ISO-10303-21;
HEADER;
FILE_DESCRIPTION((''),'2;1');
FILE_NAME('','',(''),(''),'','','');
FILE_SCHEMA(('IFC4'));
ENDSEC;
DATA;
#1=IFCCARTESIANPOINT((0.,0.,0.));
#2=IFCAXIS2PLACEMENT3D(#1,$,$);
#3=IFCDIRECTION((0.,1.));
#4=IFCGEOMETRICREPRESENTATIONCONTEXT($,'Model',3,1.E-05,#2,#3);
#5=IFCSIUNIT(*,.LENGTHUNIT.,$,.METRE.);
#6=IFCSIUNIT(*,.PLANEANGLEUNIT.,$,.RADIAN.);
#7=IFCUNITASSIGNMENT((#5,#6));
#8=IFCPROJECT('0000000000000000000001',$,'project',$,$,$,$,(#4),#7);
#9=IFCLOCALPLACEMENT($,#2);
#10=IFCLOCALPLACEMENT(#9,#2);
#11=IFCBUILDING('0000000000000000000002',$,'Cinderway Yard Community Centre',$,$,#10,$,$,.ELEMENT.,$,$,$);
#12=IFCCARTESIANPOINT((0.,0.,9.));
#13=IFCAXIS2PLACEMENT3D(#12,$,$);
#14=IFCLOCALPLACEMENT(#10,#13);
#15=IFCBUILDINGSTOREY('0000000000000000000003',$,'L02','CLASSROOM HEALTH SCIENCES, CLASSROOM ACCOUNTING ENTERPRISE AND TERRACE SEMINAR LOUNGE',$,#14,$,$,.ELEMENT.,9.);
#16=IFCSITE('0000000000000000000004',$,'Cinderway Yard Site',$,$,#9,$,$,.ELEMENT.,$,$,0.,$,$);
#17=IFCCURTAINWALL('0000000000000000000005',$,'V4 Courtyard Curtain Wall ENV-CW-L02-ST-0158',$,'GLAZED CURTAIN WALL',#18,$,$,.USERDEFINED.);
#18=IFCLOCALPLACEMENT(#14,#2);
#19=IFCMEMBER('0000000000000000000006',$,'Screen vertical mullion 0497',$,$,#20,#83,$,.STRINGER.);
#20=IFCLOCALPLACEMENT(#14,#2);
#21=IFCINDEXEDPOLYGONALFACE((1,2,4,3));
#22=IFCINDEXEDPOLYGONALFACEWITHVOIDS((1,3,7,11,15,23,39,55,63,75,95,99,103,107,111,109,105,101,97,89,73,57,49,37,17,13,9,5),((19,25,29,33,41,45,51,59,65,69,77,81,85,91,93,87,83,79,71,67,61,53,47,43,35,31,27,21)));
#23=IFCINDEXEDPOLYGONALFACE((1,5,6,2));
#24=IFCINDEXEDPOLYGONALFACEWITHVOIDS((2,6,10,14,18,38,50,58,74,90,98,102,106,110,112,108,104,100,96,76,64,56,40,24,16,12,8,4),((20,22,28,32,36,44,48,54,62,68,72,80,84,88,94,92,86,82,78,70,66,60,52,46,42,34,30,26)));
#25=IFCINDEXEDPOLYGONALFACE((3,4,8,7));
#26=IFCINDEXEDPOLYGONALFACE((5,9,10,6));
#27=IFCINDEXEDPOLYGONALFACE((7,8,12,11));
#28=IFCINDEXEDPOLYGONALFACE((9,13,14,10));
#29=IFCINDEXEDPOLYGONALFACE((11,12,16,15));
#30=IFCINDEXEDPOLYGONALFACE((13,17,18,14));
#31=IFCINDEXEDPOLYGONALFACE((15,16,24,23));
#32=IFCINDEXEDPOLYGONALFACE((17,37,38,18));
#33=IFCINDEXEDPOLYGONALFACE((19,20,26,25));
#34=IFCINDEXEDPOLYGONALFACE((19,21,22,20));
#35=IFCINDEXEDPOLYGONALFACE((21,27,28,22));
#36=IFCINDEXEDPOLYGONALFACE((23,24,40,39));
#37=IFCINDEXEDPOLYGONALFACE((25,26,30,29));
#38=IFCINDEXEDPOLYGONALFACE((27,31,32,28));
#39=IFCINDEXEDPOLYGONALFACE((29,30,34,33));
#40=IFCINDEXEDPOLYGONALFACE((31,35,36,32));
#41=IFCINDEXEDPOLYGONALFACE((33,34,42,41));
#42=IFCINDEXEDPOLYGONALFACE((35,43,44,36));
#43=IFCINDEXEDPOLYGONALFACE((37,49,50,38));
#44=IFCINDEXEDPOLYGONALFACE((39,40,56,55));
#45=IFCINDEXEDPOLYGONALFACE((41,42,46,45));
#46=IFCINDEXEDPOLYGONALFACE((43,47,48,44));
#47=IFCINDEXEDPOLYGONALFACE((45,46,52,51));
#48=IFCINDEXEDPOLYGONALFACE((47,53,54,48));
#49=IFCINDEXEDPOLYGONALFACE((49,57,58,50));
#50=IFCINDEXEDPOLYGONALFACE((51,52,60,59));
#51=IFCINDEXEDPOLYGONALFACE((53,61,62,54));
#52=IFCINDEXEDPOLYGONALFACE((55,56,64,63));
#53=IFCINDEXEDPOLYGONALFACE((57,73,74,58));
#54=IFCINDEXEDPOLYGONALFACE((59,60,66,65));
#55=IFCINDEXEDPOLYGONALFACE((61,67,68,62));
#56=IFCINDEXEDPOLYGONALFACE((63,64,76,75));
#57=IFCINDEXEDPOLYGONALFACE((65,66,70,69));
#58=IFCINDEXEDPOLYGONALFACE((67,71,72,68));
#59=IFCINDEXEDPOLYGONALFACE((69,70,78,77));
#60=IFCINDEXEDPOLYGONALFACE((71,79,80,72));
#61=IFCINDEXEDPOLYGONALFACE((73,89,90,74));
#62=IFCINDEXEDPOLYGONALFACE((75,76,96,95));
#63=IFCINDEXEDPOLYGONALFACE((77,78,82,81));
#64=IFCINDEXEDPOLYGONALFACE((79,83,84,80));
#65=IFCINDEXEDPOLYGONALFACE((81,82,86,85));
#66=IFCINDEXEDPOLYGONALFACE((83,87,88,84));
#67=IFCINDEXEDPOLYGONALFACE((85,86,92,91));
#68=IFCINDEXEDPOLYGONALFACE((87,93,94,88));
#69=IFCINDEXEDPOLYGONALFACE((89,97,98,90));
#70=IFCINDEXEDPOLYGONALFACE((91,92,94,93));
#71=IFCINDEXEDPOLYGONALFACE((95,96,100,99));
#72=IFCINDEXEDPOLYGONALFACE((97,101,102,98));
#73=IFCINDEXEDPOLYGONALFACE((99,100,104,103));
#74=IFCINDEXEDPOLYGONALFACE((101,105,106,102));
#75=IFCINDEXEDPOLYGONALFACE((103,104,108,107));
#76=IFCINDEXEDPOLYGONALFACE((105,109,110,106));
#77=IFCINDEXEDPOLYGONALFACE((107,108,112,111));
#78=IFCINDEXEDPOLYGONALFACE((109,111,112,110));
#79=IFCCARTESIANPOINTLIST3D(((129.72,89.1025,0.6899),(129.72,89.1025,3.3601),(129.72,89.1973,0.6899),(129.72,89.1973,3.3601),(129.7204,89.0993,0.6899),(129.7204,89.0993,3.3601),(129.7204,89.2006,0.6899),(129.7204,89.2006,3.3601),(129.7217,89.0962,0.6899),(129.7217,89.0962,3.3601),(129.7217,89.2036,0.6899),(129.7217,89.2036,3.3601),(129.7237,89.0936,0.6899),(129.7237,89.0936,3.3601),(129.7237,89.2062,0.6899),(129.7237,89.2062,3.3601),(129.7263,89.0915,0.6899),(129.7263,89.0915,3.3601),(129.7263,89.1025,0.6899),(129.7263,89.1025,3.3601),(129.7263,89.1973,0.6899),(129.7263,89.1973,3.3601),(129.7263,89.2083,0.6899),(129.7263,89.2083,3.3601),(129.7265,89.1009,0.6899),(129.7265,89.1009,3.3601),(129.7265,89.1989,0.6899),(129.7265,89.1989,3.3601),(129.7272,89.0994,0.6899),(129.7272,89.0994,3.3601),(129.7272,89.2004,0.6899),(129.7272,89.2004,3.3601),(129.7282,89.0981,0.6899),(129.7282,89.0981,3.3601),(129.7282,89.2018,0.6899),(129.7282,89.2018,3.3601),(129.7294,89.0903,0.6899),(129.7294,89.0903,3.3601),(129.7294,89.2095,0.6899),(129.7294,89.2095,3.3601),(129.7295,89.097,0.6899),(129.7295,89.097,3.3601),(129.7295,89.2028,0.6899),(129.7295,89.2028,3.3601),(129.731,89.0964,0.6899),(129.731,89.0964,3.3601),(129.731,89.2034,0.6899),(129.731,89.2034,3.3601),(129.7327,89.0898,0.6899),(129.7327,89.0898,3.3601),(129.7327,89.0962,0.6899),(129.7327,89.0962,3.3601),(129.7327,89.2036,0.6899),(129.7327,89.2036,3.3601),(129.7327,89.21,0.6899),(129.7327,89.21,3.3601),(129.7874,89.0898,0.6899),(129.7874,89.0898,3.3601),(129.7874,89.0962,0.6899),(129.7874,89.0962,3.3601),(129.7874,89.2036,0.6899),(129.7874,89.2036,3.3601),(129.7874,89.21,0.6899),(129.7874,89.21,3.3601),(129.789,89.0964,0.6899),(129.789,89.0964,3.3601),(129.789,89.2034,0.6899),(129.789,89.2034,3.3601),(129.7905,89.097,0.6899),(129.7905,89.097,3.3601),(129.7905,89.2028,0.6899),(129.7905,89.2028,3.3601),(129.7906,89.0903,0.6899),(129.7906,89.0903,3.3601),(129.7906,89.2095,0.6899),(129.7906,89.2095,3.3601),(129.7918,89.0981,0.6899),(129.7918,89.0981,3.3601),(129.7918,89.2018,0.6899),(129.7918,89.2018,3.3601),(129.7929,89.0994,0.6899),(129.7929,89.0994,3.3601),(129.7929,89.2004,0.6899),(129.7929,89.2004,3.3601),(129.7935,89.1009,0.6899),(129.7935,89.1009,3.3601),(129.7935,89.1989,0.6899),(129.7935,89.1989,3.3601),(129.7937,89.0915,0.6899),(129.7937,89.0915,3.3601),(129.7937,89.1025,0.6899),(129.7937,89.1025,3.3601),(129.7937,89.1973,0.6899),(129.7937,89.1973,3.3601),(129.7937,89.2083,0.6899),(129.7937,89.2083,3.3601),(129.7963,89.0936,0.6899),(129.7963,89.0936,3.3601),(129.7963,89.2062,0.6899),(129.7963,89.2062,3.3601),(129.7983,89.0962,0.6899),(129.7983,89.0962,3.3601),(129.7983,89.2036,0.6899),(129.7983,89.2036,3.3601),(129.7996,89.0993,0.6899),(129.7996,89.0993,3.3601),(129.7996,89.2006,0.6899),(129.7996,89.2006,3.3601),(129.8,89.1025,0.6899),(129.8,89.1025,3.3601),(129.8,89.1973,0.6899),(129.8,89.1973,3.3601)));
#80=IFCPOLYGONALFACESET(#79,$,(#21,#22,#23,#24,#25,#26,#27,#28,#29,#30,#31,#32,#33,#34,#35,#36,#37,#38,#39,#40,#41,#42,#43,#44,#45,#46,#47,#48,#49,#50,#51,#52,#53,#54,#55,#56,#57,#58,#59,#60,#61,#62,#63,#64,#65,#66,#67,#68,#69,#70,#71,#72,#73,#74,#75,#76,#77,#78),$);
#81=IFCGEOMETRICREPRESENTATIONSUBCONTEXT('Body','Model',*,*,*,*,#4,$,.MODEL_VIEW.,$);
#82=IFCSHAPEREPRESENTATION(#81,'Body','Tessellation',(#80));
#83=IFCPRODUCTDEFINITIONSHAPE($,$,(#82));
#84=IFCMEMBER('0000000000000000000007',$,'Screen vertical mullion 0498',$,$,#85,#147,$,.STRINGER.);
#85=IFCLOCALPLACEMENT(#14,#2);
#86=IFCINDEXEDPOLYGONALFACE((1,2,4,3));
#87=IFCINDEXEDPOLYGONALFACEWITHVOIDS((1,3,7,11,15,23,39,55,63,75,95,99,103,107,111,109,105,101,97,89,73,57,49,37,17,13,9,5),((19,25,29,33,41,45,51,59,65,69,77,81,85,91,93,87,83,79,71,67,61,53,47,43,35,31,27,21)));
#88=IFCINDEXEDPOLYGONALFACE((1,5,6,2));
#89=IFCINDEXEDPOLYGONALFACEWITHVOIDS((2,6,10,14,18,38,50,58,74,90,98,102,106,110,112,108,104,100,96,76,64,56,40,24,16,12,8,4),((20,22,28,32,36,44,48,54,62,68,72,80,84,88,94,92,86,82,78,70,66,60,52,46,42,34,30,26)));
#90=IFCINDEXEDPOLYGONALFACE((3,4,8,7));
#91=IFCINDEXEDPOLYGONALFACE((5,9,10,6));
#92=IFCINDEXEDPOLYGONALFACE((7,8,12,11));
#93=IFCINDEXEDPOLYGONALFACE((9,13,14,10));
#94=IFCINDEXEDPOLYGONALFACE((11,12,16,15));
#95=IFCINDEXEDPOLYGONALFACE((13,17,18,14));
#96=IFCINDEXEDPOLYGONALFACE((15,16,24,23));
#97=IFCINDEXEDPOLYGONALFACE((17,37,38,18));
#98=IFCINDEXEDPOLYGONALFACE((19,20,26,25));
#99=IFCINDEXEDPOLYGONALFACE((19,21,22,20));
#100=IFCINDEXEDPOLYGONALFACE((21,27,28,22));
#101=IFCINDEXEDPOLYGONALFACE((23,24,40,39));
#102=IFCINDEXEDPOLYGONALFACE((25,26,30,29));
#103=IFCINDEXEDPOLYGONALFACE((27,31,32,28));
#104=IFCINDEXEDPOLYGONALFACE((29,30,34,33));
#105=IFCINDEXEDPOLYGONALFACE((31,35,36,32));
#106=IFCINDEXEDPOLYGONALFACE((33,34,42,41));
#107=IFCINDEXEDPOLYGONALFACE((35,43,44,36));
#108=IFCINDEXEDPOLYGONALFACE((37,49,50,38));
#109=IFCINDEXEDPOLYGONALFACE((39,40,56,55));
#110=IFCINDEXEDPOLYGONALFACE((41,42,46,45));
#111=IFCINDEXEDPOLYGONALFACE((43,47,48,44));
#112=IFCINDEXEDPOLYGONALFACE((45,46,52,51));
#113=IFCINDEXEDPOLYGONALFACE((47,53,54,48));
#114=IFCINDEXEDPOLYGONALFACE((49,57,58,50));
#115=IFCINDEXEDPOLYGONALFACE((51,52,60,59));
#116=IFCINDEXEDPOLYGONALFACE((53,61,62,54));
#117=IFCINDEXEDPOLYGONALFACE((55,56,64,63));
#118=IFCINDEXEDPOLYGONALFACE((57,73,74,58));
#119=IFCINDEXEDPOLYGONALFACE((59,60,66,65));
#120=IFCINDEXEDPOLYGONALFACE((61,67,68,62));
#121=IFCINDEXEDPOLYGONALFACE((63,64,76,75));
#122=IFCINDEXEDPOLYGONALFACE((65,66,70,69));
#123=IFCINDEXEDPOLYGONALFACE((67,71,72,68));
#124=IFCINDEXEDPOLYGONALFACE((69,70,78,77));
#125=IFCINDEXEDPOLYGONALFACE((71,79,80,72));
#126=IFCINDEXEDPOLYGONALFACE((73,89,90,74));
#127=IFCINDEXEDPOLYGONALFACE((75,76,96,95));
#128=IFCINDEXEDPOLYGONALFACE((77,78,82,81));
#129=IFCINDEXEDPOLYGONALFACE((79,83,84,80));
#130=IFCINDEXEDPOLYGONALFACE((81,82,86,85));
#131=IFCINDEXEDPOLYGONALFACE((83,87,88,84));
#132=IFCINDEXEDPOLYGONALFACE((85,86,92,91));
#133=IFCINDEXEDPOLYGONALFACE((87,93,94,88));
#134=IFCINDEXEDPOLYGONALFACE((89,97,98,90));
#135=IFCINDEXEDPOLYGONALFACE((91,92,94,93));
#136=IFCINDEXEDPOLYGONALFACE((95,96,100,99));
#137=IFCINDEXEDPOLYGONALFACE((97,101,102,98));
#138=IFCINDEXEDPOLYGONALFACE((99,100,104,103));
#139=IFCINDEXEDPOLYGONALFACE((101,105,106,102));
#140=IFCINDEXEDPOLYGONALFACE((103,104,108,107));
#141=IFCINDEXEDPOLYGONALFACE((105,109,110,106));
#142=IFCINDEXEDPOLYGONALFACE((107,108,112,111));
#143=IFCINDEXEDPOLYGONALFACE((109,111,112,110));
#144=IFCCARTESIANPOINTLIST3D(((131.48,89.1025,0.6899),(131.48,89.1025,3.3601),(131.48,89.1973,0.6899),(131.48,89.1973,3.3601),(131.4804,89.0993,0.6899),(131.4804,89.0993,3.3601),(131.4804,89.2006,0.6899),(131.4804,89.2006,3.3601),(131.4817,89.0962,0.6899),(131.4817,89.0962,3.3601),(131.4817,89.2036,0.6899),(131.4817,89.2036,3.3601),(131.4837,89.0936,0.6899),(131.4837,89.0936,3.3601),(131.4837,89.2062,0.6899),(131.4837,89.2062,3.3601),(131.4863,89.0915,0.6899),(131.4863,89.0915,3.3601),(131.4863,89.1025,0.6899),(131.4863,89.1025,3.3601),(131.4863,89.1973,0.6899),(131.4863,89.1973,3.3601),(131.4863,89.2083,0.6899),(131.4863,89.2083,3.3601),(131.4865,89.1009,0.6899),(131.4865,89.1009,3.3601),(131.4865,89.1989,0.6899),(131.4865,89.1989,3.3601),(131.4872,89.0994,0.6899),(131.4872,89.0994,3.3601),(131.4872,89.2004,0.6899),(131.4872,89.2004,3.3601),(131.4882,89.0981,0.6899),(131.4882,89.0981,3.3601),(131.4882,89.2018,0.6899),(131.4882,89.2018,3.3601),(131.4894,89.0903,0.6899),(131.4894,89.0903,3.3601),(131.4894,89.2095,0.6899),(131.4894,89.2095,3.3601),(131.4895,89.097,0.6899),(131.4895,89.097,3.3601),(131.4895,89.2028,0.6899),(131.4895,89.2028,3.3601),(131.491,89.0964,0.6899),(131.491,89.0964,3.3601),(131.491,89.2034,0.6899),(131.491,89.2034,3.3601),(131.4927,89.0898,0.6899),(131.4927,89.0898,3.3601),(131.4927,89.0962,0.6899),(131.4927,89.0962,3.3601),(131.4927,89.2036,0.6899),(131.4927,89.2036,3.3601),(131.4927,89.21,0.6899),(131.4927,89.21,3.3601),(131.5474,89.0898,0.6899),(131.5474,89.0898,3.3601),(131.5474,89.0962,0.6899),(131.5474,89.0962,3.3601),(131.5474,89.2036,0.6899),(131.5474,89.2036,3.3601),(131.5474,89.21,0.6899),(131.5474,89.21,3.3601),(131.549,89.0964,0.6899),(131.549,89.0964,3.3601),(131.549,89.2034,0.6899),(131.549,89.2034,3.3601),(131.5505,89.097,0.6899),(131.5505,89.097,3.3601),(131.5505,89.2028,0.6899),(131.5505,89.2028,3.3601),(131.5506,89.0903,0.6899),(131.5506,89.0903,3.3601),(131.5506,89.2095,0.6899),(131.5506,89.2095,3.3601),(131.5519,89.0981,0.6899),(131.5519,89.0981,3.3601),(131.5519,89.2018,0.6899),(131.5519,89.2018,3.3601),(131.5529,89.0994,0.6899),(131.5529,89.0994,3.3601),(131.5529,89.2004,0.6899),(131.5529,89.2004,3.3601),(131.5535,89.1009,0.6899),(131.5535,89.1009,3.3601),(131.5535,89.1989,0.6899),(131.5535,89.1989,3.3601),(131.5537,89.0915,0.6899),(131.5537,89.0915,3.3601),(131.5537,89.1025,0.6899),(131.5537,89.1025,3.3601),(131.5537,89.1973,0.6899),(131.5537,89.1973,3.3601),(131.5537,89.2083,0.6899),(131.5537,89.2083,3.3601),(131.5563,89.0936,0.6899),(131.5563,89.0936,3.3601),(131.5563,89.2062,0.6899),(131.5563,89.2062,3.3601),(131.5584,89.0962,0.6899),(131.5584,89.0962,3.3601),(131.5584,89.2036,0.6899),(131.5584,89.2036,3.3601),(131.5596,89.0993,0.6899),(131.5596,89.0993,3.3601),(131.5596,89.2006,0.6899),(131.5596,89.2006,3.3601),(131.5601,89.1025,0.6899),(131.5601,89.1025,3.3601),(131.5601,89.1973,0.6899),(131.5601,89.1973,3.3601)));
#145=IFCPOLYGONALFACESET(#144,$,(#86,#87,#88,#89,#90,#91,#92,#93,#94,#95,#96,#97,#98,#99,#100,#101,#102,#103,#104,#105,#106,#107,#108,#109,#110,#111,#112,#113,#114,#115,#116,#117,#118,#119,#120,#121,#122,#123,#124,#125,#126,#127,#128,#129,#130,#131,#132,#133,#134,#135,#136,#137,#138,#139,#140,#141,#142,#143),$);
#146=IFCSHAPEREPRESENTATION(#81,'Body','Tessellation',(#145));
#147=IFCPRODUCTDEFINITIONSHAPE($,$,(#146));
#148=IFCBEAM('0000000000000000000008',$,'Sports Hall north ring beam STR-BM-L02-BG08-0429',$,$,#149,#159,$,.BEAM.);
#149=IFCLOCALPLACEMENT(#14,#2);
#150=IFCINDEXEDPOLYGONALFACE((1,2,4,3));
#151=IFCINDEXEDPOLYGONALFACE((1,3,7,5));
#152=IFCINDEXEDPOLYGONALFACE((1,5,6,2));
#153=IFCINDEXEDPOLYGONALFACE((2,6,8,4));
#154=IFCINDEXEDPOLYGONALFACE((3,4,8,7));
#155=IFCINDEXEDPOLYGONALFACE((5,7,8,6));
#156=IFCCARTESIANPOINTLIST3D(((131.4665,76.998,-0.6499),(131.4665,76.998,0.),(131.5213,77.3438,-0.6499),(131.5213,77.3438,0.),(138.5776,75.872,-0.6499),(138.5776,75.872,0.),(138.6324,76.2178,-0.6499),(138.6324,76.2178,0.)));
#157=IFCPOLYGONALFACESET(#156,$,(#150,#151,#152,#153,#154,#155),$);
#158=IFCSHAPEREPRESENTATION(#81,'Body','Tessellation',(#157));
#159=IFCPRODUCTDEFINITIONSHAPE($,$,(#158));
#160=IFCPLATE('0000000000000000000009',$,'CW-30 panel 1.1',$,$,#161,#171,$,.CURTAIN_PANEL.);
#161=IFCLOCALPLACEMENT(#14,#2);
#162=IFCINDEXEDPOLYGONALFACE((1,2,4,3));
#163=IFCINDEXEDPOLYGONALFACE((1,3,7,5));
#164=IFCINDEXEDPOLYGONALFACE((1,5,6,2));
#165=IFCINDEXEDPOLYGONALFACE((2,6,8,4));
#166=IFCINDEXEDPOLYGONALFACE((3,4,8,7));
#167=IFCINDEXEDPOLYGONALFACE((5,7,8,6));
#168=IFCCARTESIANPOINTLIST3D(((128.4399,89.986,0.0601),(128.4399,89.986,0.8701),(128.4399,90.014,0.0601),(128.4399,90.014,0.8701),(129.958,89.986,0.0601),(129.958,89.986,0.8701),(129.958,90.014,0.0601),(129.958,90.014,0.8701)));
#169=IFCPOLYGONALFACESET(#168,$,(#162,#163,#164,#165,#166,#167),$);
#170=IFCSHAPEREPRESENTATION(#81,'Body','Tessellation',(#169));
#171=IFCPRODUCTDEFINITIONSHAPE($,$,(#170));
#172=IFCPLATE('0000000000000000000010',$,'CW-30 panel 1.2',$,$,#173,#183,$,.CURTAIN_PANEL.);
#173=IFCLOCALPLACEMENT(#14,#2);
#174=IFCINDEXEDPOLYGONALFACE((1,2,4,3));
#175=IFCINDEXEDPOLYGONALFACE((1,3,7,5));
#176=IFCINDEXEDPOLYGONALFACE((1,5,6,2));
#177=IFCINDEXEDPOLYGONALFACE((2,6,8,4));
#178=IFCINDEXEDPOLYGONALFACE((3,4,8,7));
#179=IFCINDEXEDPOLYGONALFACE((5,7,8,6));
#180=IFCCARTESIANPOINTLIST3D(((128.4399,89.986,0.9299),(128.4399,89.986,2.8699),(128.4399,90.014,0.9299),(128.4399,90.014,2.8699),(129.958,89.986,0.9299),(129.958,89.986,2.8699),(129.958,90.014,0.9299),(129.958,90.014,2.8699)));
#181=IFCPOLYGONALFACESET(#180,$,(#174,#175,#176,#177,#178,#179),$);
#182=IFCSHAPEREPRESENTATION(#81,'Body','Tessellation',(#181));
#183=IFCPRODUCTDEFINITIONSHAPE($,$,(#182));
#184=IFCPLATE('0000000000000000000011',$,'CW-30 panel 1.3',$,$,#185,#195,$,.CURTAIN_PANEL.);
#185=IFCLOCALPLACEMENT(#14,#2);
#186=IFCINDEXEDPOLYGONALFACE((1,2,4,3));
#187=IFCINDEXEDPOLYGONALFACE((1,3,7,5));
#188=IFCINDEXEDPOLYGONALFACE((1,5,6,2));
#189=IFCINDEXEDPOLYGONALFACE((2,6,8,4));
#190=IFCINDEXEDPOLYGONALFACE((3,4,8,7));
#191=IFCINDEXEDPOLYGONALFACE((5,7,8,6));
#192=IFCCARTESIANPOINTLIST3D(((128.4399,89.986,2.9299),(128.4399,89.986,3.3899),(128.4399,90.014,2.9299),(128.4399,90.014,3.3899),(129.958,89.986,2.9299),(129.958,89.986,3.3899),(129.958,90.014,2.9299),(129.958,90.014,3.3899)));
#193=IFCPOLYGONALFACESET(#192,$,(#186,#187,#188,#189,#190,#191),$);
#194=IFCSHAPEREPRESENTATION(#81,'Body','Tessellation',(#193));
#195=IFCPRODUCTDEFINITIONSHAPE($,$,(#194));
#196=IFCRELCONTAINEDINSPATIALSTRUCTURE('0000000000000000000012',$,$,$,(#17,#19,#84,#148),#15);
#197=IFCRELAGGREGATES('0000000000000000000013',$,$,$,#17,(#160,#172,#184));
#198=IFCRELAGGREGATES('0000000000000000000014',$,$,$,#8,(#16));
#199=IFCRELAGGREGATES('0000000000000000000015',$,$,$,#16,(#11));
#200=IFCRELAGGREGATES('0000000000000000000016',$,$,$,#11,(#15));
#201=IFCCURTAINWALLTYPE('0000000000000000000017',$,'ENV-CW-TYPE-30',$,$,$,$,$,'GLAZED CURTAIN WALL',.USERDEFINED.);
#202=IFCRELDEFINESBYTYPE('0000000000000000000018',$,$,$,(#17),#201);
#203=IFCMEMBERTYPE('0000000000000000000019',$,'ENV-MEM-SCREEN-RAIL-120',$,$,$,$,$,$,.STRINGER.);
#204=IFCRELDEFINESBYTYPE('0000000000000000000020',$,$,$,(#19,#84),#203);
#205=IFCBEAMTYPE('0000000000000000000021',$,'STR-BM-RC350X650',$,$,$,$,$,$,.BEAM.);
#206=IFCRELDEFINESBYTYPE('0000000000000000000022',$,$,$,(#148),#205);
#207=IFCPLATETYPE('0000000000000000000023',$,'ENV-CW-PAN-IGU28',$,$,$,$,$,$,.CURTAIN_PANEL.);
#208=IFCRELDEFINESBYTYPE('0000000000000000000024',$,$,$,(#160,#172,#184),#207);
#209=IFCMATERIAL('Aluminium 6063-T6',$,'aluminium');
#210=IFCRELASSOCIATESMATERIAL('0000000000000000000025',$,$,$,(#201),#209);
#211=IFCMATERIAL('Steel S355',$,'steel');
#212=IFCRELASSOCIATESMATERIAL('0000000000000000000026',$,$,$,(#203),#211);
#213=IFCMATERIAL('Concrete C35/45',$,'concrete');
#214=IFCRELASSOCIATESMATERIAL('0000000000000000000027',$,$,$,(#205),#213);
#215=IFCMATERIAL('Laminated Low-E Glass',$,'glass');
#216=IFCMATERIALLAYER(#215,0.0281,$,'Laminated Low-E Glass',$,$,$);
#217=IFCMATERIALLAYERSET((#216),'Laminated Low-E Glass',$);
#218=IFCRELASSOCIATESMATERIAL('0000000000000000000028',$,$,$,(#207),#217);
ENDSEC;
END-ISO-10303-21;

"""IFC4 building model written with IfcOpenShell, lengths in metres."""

from ifc_helpers import new_model, si_unit, direction, frame, origin, origin_2d, place, context, subcontext, project, spatial, rectangle, hollow_rectangle, extrude, material, layer, layer_set, material_profile, profile_set, type_object, element, aggregate, save


model = new_model("IFC4")

# Units and contexts
model_context = context("Model", 3, precision=1e-05, world=origin(), true_north=direction((0.0, 1.0)))
body_context = subcontext(model_context, "Body", "Model", "MODEL_VIEW")
ifc_project = project(units=[si_unit("LENGTHUNIT", "METRE"), si_unit("PLANEANGLEUNIT", "RADIAN")], contexts=[model_context])

# Site, building, storey
site_placement = place(None, origin())
site = spatial("IfcSite", under=ifc_project, at=site_placement, Name="Cinderway Yard Site", CompositionType="ELEMENT", RefElevation=0.0)
building_placement = place(site_placement, origin())
building = spatial("IfcBuilding", under=site, at=building_placement, Name="Cinderway Yard Community Centre", CompositionType="ELEMENT")
storey_placement = place(building_placement, frame((0.0, 0.0, 9.0)))
storey = spatial("IfcBuildingStorey", under=building, at=storey_placement, Name="L02", Description="CLASSROOM HEALTH SCIENCES, CLASSROOM ACCOUNTING ENTERPRISE AND TERRACE SEMINAR LOUNGE", CompositionType="ELEMENT", Elevation=9.0)

# Curtain wall
ifc_material_1 = material(Name="Aluminium 6063-T6", Category="aluminium")
curtain_wall_type = type_object("IfcCurtainWallType", Name="ENV-CW-TYPE-30", ElementType="GLAZED CURTAIN WALL", PredefinedType="USERDEFINED", material=ifc_material_1)
curtain_wall_placement = place(storey_placement, origin())
curtain_wall = element("IfcCurtainWall", 1, at=curtain_wall_placement, inside=storey, type_object=curtain_wall_type, Name="V4 Courtyard Curtain Wall ENV-CW-L02-ST-0158", ObjectType="GLAZED CURTAIN WALL", PredefinedType="USERDEFINED")

# Members
ifc_material_2 = material(Name="Steel S355", Category="steel")
ifc_material_profile_1 = material_profile(ifc_material_2, hollow_rectangle(XDim=0.0801, YDim=0.1201, WallThickness=0.0063, InnerFilletRadius=0.0063, OuterFilletRadius=0.0127, at=origin_2d()), Name="Steel S355")
ifc_profile_set_1 = profile_set([ifc_material_profile_1], Name="Steel S355")
member_type_1 = type_object("IfcMemberType", Name="ENV-MEM-SCREEN-RAIL-120", PredefinedType="STRINGER", material=ifc_profile_set_1)
for number, where, z_axis, x_axis, name in (
    (2, (129.76, 89.1499, 0.6899), (0.0, 0.0, 1.0), (1.0, 0.0, 0.0), "Screen vertical mullion 0497"),
    (3, (131.52, 89.1499, 0.6899), (0.0, 0.0, 1.0), (1.0, 0.0, 0.0), "Screen vertical mullion 0498"),
):
    element("IfcMember", number, at=place(storey_placement, frame(where, z_axis=z_axis, x_axis=x_axis)), inside=storey, type_object=member_type_1, Name=name, PredefinedType="STRINGER", context=body_context, shape_type="SweptSolid", body=[
        extrude(hollow_rectangle(XDim=0.0801, YDim=0.1201, WallThickness=0.0063, InnerFilletRadius=0.0063, OuterFilletRadius=0.0127, at=origin_2d()), origin(), (0.0, 0.0, 1.0), 2.6702),
    ])

# Beam
ifc_material_3 = material(Name="Concrete C35/45", Category="concrete")
ifc_material_profile_2 = material_profile(ifc_material_3, rectangle(XDim=0.3501, YDim=0.6499, at=origin_2d()), Name="Concrete C35/45")
ifc_profile_set_2 = profile_set([ifc_material_profile_2], Name="Concrete C35/45")
beam_type = type_object("IfcBeamType", Name="STR-BM-RC350X650", PredefinedType="BEAM", material=ifc_profile_set_2)
beam_placement = place(storey_placement, frame((131.4939, 77.1709, -0.325), z_axis=(0.987695, -0.156393, 0.0), x_axis=(0.156393, 0.987695, 0.0)))
element("IfcBeam", 4, at=beam_placement, inside=storey, type_object=beam_type, Name="Sports Hall north ring beam STR-BM-L02-BG08-0429", PredefinedType="BEAM", context=body_context, shape_type="SweptSolid", body=[
    extrude(rectangle(XDim=0.3501, YDim=0.6499, at=origin_2d()), origin(), (0.0, 0.0, 1.0), 7.1997),
])

# Plates
ifc_material_4 = material(Name="Laminated Low-E Glass", Category="glass")
ifc_layer_1 = layer(ifc_material_4, 0.0281, Name="Laminated Low-E Glass")
ifc_layer_set_1 = layer_set([ifc_layer_1], Name="Laminated Low-E Glass")
plate_type_1 = type_object("IfcPlateType", Name="ENV-CW-PAN-IGU28", PredefinedType="CURTAIN_PANEL", material=ifc_layer_set_1)
plate_1_placement = place(storey_placement, frame((129.199, 90.0, 0.0601), z_axis=(0.0, 0.0, 1.0), x_axis=(1.0, 0.0, 0.0)))
plate_1 = element("IfcPlate", 5, at=plate_1_placement, type_object=plate_type_1, Name="CW-30 panel 1.1", PredefinedType="CURTAIN_PANEL", context=body_context, shape_type="SweptSolid", body=[
    extrude(rectangle(XDim=1.5181, YDim=0.0281, at=origin_2d()), origin(), (0.0, 0.0, 1.0), 0.8101),
])
plate_2_placement = place(storey_placement, frame((129.199, 90.0, 0.9299), z_axis=(0.0, 0.0, 1.0), x_axis=(1.0, 0.0, 0.0)))
plate_2 = element("IfcPlate", 6, at=plate_2_placement, type_object=plate_type_1, Name="CW-30 panel 1.2", PredefinedType="CURTAIN_PANEL", context=body_context, shape_type="SweptSolid", body=[
    extrude(rectangle(XDim=1.5181, YDim=0.0281, at=origin_2d()), origin(), (0.0, 0.0, 1.0), 1.9399),
])
plate_3_placement = place(storey_placement, frame((129.199, 90.0, 2.9299), z_axis=(0.0, 0.0, 1.0), x_axis=(1.0, 0.0, 0.0)))
plate_3 = element("IfcPlate", 7, at=plate_3_placement, type_object=plate_type_1, Name="CW-30 panel 1.3", PredefinedType="CURTAIN_PANEL", context=body_context, shape_type="SweptSolid", body=[
    extrude(rectangle(XDim=1.5181, YDim=0.0281, at=origin_2d()), origin(), (0.0, 0.0, 1.0), 0.46),
])
aggregate(curtain_wall, [plate_1, plate_2, plate_3])

save(model, "model.ifc")
